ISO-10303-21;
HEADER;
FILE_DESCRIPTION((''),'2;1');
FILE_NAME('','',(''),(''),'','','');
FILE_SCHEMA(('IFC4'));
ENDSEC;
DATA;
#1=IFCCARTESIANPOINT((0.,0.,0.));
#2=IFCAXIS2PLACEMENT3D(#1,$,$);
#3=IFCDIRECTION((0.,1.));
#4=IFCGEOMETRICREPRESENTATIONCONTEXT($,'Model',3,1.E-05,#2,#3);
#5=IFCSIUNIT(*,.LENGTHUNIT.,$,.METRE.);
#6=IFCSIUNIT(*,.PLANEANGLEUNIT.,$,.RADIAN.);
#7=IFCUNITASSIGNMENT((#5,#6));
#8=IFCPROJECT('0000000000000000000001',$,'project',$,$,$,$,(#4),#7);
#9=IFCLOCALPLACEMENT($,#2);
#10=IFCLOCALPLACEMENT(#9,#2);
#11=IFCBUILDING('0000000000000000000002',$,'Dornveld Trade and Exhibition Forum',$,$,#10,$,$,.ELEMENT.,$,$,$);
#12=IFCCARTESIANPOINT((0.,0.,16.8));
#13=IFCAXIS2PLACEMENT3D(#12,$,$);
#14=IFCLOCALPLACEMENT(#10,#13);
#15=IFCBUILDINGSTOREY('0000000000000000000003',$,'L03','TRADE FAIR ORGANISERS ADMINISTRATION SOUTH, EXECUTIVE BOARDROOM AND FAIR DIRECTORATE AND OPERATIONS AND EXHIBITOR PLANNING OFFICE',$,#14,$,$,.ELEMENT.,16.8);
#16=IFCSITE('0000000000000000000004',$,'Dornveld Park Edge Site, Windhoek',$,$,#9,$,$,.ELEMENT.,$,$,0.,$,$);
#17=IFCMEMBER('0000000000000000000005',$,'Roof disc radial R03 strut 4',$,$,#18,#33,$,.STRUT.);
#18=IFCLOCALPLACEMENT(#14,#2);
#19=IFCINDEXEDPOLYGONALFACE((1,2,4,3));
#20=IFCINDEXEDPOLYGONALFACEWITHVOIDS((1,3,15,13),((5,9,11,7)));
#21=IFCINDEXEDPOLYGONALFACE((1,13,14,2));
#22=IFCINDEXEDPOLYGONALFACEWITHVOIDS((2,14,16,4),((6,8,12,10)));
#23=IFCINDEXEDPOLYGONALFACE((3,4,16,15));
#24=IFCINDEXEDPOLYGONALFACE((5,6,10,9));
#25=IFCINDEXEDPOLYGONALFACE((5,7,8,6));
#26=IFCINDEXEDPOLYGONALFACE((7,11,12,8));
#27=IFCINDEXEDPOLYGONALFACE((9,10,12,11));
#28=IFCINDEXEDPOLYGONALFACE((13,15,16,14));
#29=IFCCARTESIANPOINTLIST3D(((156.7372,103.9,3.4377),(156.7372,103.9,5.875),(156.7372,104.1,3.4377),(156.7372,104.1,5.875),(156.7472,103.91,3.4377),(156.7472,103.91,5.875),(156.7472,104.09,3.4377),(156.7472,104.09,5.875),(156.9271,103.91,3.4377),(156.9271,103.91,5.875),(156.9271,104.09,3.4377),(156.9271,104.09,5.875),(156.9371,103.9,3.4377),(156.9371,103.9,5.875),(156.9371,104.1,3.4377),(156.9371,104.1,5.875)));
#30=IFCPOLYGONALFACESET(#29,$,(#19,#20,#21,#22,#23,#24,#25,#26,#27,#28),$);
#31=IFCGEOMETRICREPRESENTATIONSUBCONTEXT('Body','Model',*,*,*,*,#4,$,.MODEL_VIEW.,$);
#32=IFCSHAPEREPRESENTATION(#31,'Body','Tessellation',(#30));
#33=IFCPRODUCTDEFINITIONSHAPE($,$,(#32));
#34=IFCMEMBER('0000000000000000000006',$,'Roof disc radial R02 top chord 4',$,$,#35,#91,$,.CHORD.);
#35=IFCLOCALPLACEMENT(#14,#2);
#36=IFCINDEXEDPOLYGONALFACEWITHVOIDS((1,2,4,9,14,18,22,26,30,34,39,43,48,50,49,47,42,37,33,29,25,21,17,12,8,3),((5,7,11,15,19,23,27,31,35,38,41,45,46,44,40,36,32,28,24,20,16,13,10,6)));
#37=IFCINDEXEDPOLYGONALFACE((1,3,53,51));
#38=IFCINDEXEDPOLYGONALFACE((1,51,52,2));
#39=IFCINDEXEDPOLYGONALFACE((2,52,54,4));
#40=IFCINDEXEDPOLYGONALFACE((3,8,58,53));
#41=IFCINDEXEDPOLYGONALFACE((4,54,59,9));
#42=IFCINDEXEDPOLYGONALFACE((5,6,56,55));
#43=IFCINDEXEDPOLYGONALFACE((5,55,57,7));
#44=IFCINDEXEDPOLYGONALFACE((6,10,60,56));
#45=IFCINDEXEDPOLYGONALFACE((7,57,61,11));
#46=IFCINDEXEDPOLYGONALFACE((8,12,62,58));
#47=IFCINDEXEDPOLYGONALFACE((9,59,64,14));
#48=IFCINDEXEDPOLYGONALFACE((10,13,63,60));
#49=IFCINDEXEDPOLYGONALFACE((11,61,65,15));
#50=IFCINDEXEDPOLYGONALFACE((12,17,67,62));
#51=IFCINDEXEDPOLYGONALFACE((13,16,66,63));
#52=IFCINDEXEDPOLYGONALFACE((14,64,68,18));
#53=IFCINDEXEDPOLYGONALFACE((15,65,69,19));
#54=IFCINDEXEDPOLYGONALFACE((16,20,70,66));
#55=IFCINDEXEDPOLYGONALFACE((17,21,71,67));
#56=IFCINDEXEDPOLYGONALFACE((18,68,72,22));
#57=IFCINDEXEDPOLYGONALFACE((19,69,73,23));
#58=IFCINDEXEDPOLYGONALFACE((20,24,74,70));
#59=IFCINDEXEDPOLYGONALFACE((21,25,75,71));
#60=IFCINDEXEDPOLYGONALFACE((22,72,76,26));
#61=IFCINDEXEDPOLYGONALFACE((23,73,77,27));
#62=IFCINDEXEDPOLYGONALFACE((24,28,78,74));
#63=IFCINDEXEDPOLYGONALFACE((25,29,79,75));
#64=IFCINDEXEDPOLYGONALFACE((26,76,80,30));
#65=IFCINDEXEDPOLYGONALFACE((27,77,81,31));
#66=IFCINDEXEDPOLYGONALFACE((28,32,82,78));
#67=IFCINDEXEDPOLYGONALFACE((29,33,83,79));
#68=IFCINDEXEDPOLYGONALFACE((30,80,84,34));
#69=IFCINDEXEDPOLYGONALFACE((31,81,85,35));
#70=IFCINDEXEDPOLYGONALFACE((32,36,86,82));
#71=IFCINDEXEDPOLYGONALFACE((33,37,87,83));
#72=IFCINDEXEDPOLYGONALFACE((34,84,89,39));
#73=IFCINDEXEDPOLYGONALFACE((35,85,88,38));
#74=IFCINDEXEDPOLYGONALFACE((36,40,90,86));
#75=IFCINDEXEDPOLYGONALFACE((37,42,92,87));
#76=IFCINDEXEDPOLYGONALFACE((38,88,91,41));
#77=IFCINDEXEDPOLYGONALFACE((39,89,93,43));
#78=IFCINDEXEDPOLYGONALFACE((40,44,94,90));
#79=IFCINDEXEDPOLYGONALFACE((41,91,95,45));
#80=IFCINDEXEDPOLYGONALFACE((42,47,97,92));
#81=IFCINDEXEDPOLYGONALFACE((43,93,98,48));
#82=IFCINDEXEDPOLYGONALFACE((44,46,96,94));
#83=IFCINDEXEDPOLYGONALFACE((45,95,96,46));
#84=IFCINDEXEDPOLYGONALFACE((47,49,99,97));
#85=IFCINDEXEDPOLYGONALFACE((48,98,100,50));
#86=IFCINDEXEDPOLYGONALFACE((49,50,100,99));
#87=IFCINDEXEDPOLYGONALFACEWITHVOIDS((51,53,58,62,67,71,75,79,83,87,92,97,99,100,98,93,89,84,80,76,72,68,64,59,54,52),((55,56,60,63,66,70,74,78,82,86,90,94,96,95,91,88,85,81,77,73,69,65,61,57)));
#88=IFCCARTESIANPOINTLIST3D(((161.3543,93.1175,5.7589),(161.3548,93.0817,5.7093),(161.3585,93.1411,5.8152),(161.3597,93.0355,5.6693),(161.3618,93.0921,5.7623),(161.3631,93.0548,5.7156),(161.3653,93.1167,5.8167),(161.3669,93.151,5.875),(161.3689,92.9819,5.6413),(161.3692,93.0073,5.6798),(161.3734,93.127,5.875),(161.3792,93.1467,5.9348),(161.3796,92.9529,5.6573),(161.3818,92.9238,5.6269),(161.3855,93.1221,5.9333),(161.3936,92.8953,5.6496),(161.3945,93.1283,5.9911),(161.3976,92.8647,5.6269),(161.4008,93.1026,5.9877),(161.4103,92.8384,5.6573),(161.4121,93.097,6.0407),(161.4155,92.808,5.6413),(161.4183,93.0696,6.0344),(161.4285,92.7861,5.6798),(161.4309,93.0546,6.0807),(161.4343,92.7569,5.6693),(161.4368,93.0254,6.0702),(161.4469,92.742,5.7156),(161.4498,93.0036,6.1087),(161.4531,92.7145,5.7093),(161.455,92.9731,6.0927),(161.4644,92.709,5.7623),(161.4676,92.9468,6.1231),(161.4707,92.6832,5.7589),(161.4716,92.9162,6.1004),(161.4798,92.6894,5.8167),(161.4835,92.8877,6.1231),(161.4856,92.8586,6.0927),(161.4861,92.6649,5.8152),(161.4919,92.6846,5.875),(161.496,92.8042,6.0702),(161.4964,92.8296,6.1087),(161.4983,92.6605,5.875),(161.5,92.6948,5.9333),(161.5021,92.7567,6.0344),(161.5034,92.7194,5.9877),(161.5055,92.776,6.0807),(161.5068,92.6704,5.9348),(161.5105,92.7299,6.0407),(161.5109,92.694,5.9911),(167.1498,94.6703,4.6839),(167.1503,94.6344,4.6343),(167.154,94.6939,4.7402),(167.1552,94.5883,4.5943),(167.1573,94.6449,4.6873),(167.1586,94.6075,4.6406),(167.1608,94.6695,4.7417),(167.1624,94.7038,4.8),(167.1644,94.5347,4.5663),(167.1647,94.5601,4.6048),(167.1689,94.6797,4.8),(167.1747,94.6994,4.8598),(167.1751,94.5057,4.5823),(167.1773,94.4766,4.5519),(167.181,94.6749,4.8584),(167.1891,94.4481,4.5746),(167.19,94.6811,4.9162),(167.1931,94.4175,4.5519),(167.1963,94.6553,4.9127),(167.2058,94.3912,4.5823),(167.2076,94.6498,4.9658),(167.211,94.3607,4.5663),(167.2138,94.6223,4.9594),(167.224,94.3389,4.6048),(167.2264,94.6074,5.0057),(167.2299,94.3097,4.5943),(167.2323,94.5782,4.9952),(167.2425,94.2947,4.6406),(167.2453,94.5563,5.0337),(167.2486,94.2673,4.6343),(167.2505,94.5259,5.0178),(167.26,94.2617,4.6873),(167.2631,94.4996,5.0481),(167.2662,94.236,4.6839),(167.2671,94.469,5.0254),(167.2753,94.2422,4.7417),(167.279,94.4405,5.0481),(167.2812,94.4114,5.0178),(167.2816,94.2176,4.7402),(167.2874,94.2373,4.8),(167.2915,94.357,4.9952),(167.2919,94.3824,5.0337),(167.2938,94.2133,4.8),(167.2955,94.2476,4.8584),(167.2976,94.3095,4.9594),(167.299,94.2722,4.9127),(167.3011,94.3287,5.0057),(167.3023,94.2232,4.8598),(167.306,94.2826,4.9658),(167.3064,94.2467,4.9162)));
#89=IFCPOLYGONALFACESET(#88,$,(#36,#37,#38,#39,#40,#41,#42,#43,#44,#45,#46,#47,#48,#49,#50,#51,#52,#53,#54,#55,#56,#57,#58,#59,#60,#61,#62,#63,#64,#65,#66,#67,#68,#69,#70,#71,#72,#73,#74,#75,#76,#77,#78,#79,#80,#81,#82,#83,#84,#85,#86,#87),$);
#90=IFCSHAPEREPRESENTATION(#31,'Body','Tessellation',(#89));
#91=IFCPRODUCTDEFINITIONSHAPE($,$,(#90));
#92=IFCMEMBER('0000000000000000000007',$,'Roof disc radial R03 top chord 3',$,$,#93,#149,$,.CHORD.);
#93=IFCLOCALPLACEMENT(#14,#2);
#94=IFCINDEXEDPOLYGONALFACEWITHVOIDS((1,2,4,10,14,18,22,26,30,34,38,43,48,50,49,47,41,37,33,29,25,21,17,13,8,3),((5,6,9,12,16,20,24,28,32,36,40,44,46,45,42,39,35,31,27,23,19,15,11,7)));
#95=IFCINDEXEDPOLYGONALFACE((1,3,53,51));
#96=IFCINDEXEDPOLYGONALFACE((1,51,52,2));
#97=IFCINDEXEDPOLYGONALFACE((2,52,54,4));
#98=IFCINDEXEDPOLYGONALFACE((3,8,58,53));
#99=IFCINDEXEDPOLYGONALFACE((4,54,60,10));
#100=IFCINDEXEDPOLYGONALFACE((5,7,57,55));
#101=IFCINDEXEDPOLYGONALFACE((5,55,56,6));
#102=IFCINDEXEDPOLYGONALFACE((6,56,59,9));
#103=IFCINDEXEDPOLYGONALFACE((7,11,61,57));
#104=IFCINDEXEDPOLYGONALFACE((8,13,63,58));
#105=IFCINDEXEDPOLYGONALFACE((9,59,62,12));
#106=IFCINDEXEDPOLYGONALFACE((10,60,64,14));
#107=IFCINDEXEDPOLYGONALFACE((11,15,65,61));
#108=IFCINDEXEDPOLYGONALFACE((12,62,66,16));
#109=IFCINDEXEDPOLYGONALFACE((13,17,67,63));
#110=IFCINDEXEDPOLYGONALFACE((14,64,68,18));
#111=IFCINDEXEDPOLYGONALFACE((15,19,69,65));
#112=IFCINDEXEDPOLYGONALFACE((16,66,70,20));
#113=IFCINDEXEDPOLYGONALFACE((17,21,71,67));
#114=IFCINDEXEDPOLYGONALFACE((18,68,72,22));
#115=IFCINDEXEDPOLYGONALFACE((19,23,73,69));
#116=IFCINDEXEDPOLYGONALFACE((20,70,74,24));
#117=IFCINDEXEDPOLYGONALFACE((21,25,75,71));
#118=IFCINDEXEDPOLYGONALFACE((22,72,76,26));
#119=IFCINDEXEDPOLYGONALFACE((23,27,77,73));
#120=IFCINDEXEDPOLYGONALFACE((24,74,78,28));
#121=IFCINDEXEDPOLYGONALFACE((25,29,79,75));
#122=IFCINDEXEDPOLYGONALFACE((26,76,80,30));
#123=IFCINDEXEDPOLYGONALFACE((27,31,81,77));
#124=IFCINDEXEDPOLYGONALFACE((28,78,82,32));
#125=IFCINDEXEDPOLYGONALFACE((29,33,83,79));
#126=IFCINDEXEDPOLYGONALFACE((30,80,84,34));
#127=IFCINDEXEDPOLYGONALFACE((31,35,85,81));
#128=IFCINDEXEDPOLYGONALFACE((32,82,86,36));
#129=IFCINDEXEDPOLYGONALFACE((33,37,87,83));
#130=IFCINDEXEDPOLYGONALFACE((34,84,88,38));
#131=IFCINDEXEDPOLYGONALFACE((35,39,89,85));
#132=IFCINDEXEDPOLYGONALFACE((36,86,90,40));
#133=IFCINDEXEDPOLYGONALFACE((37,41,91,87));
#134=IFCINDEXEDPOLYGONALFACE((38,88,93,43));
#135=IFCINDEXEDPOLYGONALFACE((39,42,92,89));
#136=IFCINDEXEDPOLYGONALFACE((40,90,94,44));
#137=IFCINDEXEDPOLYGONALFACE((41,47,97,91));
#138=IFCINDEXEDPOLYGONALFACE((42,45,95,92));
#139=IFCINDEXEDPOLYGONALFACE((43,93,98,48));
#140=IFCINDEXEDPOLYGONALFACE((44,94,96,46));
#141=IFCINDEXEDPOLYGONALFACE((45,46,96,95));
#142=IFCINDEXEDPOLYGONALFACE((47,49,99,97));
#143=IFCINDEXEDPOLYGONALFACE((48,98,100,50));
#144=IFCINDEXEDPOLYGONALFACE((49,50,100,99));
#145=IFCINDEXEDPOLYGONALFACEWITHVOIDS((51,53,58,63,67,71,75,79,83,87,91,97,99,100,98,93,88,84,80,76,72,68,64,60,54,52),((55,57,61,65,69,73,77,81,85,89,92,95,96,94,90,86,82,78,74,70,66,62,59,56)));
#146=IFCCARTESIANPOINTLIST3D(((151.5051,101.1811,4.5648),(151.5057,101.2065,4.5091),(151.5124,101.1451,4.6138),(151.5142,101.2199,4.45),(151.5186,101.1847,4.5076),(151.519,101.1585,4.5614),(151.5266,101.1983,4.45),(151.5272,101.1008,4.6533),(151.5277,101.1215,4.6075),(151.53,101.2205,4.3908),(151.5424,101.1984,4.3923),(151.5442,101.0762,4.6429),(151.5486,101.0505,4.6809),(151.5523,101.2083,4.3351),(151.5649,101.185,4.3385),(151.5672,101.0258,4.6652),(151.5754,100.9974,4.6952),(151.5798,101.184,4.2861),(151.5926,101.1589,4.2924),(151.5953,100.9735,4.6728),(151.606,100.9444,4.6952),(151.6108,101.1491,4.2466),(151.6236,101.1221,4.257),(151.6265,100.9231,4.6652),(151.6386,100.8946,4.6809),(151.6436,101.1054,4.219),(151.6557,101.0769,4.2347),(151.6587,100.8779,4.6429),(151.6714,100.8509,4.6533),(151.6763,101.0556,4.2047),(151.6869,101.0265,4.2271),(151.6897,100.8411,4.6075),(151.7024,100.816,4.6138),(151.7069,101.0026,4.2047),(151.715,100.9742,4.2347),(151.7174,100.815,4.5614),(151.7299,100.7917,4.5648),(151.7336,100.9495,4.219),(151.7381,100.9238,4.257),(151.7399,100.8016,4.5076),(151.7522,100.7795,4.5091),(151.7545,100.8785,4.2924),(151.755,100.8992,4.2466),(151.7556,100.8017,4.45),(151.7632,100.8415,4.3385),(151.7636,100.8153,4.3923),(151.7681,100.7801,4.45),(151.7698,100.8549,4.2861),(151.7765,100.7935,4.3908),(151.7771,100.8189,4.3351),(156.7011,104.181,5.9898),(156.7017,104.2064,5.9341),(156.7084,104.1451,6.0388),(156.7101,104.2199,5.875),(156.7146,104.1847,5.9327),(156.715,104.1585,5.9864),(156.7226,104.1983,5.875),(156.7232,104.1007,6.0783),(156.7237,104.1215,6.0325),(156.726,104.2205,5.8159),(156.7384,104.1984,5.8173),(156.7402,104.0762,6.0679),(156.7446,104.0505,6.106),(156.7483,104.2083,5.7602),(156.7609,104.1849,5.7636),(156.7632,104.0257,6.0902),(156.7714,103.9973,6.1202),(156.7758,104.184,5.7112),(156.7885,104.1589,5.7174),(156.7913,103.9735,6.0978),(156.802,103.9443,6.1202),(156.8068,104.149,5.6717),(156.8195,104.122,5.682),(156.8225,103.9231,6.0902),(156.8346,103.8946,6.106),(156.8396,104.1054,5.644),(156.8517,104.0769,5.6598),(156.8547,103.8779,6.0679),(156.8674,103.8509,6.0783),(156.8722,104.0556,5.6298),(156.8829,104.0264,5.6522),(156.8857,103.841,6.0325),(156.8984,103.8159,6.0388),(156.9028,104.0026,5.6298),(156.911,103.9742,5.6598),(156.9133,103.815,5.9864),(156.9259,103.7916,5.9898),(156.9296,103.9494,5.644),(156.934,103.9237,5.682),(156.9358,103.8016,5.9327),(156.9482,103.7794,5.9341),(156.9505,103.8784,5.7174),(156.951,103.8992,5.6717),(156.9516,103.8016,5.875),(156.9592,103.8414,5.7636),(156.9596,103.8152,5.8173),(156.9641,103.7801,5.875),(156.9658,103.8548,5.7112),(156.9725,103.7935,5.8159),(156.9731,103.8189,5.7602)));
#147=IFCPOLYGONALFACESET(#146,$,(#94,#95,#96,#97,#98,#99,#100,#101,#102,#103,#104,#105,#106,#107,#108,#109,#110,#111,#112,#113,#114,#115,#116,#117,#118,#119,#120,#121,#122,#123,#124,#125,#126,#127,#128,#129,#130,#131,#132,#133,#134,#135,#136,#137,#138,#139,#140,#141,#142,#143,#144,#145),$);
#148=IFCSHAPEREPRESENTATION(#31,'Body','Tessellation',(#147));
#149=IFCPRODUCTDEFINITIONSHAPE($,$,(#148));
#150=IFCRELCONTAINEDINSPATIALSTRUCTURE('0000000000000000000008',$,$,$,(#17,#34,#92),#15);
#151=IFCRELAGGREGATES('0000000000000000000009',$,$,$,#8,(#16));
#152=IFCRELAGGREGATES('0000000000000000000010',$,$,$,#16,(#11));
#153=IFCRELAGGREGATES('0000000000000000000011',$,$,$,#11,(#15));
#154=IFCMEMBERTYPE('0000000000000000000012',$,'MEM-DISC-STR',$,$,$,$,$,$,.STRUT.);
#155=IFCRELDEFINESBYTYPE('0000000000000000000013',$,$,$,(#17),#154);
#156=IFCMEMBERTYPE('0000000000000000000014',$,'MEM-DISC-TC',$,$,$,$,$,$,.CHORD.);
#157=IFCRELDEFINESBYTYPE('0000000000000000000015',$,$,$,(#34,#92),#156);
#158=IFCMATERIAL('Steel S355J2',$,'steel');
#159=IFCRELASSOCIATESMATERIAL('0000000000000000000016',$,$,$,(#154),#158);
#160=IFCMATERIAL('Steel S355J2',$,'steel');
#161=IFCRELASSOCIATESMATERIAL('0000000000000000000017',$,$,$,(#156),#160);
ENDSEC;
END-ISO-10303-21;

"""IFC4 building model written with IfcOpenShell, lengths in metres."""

from ifc_helpers import new_model, si_unit, direction, frame, origin, origin_2d, place, context, subcontext, project, spatial, hollow_rectangle, hollow_circle, extrude, material, material_profile, profile_set, type_object, element, save


model = new_model("IFC4")

# Units and contexts
model_context = context("Model", 3, precision=1e-05, world=origin(), true_north=direction((0.0, 1.0)))
body_context = subcontext(model_context, "Body", "Model", "MODEL_VIEW")
ifc_project = project(units=[si_unit("LENGTHUNIT", "METRE"), si_unit("PLANEANGLEUNIT", "RADIAN")], contexts=[model_context])

# Site, building, storey
site_placement = place(None, origin())
site = spatial("IfcSite", under=ifc_project, at=site_placement, Name="Dornveld Park Edge Site, Windhoek", CompositionType="ELEMENT", RefElevation=0.0)
building_placement = place(site_placement, origin())
building = spatial("IfcBuilding", under=site, at=building_placement, Name="Dornveld Trade and Exhibition Forum", CompositionType="ELEMENT")
storey_placement = place(building_placement, frame((0.0, 0.0, 16.8)))
storey = spatial("IfcBuildingStorey", under=building, at=storey_placement, Name="L03", Description="TRADE FAIR ORGANISERS ADMINISTRATION SOUTH, EXECUTIVE BOARDROOM AND FAIR DIRECTORATE AND OPERATIONS AND EXHIBITOR PLANNING OFFICE", CompositionType="ELEMENT", Elevation=16.8)

# Members
ifc_material_1 = material(Name="Steel S355J2", Category="steel")
ifc_material_profile_1 = material_profile(ifc_material_1, hollow_rectangle(XDim=0.2, YDim=0.2, WallThickness=0.01, at=origin_2d()), Name="SHS 200x200x10")
ifc_profile_set_1 = profile_set([ifc_material_profile_1], Name="Steel S355J2")
member_type_1 = type_object("IfcMemberType", Name="MEM-DISC-STR", PredefinedType="STRUT", material=ifc_profile_set_1)
member_1_placement = place(storey_placement, frame((156.8372, 104.0, 3.4377), z_axis=(0.0, 0.0, 1.0), x_axis=(1.0, 0.0, 0.0)))
element("IfcMember", 1, at=member_1_placement, inside=storey, type_object=member_type_1, Name="Roof disc radial R03 strut 4", PredefinedType="STRUT", context=body_context, shape_type="SweptSolid", body=[
    extrude(hollow_rectangle(XDim=0.2, YDim=0.2, WallThickness=0.01, at=origin_2d()), origin(), (0.0, 0.0, 1.0), 2.4373),
])
ifc_material_2 = material(Name="Steel S355J2", Category="steel")
ifc_material_profile_2 = material_profile(ifc_material_2, hollow_circle(Radius=0.2539, WallThickness=0.0249, at=origin_2d()), Name="CHS 508x25")
ifc_profile_set_2 = profile_set([ifc_material_profile_2], Name="Steel S355J2")
member_type_2 = type_object("IfcMemberType", Name="MEM-DISC-TC", PredefinedType="CHORD", material=ifc_profile_set_2)
member_2_placement = place(storey_placement, frame((161.4326, 92.9058, 5.875), z_axis=(0.950792, 0.254741, -0.176356), x_axis=(-0.258797, 0.965932, 0.0)))
element("IfcMember", 2, at=member_2_placement, inside=storey, type_object=member_type_2, Name="Roof disc radial R02 top chord 4", PredefinedType="CHORD", context=body_context, shape_type="SweptSolid", body=[
    extrude(hollow_circle(Radius=0.2539, WallThickness=0.0249, at=origin_2d()), origin(), (0.0, 0.0, 1.0), 6.0955),
])
member_3_placement = place(storey_placement, frame((151.6411, 101.0, 4.45), z_axis=(0.842581, 0.486475, 0.231083), x_axis=(-0.500008, 0.866021, 0.0)))
element("IfcMember", 3, at=member_3_placement, inside=storey, type_object=member_type_2, Name="Roof disc radial R03 top chord 3", PredefinedType="CHORD", context=body_context, shape_type="SweptSolid", body=[
    extrude(hollow_circle(Radius=0.2539, WallThickness=0.0249, at=origin_2d()), origin(), (0.0, 0.0, 1.0), 6.1667),
])

save(model, "model.ifc")
